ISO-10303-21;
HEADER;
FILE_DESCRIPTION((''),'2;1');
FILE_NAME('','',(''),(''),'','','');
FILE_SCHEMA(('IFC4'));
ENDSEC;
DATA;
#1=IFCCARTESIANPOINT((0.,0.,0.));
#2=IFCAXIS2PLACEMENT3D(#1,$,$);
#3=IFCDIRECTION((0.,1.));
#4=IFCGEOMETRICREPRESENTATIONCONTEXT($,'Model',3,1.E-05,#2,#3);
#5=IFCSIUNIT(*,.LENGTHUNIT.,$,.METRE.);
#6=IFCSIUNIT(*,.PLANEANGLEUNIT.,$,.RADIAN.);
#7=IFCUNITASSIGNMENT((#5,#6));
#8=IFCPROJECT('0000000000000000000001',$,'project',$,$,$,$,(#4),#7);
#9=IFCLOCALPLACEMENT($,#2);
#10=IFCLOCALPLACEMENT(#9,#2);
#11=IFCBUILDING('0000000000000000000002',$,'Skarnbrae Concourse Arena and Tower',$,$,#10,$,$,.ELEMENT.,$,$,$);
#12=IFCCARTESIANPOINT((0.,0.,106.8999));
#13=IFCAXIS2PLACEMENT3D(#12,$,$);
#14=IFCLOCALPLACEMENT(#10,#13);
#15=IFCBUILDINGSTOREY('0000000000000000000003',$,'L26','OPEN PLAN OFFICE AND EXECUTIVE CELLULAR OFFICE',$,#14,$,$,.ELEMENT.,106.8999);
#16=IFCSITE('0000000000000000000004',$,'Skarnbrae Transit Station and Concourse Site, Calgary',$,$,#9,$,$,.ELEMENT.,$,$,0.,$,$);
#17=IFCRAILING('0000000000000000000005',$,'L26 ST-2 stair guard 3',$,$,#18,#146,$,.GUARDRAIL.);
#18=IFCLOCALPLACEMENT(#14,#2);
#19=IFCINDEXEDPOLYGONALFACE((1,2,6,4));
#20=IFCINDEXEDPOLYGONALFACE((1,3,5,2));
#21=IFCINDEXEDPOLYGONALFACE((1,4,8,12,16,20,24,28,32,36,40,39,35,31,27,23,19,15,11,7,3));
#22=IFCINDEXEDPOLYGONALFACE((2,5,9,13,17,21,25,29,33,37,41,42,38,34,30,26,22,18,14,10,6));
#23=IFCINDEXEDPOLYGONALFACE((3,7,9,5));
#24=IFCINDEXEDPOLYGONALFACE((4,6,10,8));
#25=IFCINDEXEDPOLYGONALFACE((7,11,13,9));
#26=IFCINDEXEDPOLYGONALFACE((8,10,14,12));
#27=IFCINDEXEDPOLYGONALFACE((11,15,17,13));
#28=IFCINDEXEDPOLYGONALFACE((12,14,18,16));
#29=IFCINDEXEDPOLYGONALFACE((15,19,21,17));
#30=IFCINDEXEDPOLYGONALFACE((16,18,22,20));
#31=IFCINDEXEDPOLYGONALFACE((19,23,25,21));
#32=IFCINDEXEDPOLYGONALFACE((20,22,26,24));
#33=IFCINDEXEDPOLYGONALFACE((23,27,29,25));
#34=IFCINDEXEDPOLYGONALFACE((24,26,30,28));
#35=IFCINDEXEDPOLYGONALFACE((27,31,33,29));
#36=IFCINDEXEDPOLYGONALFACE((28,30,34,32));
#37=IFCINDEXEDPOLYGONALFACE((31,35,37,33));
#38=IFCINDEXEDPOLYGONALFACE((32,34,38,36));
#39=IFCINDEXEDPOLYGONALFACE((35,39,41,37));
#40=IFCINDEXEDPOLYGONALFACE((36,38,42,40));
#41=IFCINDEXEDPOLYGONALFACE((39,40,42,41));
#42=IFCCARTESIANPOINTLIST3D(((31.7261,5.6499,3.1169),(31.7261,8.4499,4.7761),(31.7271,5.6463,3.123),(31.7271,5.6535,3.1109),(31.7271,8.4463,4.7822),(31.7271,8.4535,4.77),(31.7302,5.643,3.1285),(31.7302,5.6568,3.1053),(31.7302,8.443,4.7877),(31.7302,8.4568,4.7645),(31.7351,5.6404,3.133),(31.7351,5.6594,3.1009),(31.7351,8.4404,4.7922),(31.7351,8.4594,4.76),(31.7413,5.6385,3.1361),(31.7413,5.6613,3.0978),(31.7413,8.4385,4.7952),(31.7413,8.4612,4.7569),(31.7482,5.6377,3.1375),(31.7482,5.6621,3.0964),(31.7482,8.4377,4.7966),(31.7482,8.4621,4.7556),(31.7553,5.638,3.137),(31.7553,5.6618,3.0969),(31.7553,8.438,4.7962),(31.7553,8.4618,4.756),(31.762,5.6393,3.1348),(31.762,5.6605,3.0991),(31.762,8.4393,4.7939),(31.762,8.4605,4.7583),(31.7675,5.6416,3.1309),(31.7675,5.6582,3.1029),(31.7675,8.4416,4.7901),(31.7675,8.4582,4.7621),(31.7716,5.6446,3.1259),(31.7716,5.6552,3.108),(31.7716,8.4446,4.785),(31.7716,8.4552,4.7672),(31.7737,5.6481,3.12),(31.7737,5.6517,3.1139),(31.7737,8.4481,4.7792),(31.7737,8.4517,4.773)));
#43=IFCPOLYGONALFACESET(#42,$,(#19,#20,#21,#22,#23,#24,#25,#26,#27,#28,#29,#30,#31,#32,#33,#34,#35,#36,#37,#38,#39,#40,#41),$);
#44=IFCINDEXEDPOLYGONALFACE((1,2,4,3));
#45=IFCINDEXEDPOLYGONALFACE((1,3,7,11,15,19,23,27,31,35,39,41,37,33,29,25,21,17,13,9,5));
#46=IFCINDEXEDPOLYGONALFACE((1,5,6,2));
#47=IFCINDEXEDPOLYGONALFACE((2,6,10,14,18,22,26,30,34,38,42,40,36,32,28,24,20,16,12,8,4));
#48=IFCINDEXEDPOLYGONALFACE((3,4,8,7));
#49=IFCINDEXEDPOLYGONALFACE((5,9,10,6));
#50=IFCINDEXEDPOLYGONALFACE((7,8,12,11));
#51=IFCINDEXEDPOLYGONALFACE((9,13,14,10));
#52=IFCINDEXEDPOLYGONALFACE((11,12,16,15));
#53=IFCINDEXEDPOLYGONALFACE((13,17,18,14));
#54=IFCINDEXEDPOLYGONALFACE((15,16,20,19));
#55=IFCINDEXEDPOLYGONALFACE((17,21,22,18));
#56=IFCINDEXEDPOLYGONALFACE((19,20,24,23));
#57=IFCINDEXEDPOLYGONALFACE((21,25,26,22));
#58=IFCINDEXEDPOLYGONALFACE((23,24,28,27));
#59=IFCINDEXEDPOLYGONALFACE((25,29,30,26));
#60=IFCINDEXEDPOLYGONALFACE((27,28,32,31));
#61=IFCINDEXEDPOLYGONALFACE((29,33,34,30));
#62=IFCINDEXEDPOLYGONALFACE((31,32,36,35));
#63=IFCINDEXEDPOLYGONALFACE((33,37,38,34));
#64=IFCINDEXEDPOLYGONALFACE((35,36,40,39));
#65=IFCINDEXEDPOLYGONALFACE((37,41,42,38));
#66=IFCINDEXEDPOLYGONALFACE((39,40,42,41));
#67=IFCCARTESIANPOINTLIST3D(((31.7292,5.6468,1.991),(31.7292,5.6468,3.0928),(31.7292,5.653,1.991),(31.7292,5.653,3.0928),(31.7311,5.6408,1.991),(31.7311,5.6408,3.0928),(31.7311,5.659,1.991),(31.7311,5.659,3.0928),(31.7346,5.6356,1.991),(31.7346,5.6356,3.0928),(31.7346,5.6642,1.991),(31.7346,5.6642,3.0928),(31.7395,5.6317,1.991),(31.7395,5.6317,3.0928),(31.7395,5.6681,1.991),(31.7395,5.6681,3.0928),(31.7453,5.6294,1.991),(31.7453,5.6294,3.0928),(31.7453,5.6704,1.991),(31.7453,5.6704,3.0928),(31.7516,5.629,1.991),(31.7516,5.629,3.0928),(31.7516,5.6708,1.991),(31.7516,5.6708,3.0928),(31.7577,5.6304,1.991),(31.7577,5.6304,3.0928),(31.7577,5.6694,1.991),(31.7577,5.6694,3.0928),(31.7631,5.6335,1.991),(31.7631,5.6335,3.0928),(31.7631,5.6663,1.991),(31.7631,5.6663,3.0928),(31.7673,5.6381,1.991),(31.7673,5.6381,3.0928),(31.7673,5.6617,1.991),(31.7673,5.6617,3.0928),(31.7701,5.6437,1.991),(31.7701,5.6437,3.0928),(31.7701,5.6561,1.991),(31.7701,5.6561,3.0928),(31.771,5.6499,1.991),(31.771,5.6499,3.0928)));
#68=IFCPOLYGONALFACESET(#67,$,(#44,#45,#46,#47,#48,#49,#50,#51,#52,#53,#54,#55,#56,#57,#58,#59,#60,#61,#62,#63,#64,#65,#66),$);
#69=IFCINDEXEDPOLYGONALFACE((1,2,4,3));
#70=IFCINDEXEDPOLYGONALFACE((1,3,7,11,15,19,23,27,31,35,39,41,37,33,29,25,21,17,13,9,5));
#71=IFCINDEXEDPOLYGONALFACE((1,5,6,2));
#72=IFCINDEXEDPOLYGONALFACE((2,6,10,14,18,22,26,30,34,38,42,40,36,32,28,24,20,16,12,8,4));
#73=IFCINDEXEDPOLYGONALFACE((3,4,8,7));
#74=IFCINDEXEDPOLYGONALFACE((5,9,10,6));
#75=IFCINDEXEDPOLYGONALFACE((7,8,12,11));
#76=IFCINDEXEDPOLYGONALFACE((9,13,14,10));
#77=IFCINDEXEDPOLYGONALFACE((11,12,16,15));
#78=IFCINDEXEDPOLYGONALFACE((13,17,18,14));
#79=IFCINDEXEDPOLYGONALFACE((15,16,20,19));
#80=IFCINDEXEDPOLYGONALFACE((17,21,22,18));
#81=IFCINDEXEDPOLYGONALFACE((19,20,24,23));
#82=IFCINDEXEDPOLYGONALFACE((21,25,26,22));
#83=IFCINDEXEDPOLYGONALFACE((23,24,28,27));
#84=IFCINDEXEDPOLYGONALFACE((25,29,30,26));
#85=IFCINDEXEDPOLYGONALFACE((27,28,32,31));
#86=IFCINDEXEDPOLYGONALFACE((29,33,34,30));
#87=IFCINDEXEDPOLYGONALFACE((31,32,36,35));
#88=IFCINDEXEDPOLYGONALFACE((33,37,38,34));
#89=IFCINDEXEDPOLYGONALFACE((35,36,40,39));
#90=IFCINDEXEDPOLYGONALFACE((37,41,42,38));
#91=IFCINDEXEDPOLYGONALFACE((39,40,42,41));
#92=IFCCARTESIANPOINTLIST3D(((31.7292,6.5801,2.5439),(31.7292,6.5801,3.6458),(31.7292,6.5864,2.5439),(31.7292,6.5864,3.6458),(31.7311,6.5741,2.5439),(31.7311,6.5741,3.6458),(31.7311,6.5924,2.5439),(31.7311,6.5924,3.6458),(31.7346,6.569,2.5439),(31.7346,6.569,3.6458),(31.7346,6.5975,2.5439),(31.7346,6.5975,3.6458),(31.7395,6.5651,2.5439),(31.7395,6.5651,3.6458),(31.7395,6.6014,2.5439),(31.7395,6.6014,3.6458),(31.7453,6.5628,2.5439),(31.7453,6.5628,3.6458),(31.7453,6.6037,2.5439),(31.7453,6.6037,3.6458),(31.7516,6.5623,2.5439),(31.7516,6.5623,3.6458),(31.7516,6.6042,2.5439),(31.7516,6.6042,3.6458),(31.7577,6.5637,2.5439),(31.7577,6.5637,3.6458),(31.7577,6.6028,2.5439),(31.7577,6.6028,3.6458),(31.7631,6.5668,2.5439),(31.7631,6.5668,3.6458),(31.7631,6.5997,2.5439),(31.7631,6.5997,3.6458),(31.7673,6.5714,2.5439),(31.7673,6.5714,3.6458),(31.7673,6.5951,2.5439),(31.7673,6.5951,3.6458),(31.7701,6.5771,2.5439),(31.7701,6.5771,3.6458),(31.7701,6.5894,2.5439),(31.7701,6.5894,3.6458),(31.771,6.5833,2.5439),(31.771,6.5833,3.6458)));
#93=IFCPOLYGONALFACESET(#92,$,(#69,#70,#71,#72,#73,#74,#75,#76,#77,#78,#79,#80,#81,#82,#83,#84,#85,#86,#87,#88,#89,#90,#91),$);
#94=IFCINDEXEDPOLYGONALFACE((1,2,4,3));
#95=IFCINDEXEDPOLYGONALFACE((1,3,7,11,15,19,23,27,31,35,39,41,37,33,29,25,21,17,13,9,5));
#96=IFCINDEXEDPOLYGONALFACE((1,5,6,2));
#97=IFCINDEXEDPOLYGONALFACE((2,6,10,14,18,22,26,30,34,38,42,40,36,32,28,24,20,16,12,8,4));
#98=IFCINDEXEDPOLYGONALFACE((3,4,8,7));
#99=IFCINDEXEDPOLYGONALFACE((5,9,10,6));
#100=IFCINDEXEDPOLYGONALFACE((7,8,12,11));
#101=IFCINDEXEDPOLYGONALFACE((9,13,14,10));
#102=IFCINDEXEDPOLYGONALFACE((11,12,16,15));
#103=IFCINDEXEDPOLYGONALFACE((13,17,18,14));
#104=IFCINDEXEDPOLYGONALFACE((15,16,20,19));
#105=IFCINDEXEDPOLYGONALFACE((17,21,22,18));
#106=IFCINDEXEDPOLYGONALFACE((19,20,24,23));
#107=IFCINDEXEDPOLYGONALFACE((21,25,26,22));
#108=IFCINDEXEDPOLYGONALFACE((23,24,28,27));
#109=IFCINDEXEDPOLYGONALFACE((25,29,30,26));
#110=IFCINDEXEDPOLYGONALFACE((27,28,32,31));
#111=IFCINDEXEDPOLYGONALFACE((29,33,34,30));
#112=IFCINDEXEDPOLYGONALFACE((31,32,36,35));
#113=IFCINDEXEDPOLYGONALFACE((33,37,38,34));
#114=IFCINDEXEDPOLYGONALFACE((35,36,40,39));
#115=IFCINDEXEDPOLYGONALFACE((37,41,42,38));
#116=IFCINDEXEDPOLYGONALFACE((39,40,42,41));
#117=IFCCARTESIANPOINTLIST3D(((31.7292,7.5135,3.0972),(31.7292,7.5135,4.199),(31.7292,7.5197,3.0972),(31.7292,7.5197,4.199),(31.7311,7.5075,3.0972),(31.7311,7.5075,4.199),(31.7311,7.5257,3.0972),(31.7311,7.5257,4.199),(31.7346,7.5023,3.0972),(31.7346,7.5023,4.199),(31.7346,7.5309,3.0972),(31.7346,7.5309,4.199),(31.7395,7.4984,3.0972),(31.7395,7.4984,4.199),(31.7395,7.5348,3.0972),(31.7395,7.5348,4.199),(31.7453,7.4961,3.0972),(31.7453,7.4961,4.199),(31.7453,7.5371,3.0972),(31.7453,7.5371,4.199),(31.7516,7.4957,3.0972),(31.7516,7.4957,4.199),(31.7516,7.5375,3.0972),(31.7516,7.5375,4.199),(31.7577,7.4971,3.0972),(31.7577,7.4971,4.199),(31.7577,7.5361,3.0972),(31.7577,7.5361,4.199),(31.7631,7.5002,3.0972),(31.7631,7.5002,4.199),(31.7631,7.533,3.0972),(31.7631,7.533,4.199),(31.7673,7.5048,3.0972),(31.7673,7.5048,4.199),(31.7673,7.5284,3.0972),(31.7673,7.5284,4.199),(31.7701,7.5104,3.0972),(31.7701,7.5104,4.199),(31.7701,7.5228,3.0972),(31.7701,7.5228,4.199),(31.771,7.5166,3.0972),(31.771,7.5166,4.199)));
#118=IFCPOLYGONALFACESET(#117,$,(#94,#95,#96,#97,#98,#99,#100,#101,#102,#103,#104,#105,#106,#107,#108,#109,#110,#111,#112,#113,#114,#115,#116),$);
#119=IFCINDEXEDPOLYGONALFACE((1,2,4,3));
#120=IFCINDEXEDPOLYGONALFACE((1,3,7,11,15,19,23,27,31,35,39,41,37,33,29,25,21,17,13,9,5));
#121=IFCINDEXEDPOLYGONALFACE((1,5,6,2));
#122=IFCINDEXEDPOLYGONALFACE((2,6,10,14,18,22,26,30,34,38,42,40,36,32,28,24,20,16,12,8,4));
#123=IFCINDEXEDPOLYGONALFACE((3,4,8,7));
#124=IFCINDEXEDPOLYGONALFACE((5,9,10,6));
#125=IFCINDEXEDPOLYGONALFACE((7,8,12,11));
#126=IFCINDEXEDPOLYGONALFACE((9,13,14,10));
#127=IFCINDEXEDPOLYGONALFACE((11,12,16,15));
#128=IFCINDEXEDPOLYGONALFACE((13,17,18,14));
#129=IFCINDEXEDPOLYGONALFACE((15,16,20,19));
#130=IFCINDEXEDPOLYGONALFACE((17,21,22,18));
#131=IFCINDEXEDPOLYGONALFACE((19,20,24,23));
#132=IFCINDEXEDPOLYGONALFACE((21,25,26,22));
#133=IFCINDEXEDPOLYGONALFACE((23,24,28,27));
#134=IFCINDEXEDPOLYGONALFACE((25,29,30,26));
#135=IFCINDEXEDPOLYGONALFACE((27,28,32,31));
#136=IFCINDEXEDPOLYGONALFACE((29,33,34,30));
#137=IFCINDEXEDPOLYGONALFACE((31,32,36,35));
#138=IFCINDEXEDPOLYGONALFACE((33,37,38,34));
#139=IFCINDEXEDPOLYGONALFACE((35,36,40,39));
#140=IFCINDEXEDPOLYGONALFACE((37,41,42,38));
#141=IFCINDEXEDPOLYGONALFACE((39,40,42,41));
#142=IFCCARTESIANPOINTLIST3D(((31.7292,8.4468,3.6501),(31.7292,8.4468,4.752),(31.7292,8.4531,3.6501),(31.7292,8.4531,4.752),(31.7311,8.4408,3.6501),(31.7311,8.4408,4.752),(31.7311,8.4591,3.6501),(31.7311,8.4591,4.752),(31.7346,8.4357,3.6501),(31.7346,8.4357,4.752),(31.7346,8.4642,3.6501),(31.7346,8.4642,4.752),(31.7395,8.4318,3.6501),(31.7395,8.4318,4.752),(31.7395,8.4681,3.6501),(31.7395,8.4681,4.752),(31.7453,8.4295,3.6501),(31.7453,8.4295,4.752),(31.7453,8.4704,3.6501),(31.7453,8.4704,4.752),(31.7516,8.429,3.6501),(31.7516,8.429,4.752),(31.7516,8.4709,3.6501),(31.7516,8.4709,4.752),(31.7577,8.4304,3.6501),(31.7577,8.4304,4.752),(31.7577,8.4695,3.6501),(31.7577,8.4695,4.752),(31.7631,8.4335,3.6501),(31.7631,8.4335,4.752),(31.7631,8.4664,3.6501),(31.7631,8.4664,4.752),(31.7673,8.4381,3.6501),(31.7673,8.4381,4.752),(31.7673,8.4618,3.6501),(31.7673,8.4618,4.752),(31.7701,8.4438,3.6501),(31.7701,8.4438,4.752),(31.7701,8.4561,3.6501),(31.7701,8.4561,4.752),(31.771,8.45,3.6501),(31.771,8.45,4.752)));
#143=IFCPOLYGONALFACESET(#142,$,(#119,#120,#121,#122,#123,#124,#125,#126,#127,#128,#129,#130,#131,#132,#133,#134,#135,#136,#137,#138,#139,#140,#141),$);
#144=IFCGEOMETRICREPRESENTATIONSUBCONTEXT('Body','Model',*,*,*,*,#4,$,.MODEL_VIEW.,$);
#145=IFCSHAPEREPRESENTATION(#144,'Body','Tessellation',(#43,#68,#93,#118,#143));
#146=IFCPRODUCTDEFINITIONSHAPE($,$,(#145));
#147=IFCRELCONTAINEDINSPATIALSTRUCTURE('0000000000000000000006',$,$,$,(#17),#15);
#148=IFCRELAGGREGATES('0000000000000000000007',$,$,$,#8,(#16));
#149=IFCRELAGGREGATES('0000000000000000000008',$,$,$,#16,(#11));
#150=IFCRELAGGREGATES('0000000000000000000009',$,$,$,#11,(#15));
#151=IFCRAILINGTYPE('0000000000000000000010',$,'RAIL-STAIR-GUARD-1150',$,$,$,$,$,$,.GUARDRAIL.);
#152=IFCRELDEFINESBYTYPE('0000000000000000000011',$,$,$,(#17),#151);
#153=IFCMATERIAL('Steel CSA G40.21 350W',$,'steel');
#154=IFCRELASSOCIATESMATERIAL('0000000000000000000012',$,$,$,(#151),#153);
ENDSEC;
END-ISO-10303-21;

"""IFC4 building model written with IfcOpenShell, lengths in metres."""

from ifc_helpers import new_model, si_unit, direction, frame, origin, origin_2d, place, context, subcontext, project, spatial, circle, extrude, material, type_object, element, save


model = new_model("IFC4")

# Units and contexts
model_context = context("Model", 3, precision=1e-05, world=origin(), true_north=direction((0.0, 1.0)))
body_context = subcontext(model_context, "Body", "Model", "MODEL_VIEW")
ifc_project = project(units=[si_unit("LENGTHUNIT", "METRE"), si_unit("PLANEANGLEUNIT", "RADIAN")], contexts=[model_context])

# Site, building, storey
site_placement = place(None, origin())
site = spatial("IfcSite", under=ifc_project, at=site_placement, Name="Skarnbrae Transit Station and Concourse Site, Calgary", CompositionType="ELEMENT", RefElevation=0.0)
building_placement = place(site_placement, origin())
building = spatial("IfcBuilding", under=site, at=building_placement, Name="Skarnbrae Concourse Arena and Tower", CompositionType="ELEMENT")
storey_placement = place(building_placement, frame((0.0, 0.0, 106.8999)))
storey = spatial("IfcBuildingStorey", under=building, at=storey_placement, Name="L26", Description="OPEN PLAN OFFICE AND EXECUTIVE CELLULAR OFFICE", CompositionType="ELEMENT", Elevation=106.8999)

# Railing
ifc_material_1 = material(Name="Steel CSA G40.21 350W", Category="steel")
railing_type_1 = type_object("IfcRailingType", Name="RAIL-STAIR-GUARD-1150", PredefinedType="GUARDRAIL", material=ifc_material_1)
railing_1_placement = place(storey_placement, frame((31.75, 5.6499, 1.991)))
element("IfcRailing", 1, at=railing_1_placement, inside=storey, type_object=railing_type_1, Name="L26 ST-2 stair guard 3", PredefinedType="GUARDRAIL", context=body_context, shape_type="SweptSolid", body=[
    extrude(circle(Radius=0.0239, at=origin_2d()), frame((0.0, 0.0, 1.126), z_axis=(0.0, 0.860306, 0.509778), x_axis=(-1.0, 0.0, 0.0)), (0.0, 0.0, 1.0), 3.2546),
    extrude(circle(Radius=0.021, at=origin_2d()), origin(), (0.0, 0.0, 1.0), 1.1018),
    extrude(circle(Radius=0.021, at=origin_2d()), frame((0.0, 0.9333, 0.553)), (0.0, 0.0, 1.0), 1.1018),
    extrude(circle(Radius=0.021, at=origin_2d()), frame((0.0, 1.8667, 1.1062)), (0.0, 0.0, 1.0), 1.1018),
    extrude(circle(Radius=0.021, at=origin_2d()), frame((0.0, 2.8, 1.6592)), (0.0, 0.0, 1.0), 1.1018),
])

save(model, "model.ifc")
